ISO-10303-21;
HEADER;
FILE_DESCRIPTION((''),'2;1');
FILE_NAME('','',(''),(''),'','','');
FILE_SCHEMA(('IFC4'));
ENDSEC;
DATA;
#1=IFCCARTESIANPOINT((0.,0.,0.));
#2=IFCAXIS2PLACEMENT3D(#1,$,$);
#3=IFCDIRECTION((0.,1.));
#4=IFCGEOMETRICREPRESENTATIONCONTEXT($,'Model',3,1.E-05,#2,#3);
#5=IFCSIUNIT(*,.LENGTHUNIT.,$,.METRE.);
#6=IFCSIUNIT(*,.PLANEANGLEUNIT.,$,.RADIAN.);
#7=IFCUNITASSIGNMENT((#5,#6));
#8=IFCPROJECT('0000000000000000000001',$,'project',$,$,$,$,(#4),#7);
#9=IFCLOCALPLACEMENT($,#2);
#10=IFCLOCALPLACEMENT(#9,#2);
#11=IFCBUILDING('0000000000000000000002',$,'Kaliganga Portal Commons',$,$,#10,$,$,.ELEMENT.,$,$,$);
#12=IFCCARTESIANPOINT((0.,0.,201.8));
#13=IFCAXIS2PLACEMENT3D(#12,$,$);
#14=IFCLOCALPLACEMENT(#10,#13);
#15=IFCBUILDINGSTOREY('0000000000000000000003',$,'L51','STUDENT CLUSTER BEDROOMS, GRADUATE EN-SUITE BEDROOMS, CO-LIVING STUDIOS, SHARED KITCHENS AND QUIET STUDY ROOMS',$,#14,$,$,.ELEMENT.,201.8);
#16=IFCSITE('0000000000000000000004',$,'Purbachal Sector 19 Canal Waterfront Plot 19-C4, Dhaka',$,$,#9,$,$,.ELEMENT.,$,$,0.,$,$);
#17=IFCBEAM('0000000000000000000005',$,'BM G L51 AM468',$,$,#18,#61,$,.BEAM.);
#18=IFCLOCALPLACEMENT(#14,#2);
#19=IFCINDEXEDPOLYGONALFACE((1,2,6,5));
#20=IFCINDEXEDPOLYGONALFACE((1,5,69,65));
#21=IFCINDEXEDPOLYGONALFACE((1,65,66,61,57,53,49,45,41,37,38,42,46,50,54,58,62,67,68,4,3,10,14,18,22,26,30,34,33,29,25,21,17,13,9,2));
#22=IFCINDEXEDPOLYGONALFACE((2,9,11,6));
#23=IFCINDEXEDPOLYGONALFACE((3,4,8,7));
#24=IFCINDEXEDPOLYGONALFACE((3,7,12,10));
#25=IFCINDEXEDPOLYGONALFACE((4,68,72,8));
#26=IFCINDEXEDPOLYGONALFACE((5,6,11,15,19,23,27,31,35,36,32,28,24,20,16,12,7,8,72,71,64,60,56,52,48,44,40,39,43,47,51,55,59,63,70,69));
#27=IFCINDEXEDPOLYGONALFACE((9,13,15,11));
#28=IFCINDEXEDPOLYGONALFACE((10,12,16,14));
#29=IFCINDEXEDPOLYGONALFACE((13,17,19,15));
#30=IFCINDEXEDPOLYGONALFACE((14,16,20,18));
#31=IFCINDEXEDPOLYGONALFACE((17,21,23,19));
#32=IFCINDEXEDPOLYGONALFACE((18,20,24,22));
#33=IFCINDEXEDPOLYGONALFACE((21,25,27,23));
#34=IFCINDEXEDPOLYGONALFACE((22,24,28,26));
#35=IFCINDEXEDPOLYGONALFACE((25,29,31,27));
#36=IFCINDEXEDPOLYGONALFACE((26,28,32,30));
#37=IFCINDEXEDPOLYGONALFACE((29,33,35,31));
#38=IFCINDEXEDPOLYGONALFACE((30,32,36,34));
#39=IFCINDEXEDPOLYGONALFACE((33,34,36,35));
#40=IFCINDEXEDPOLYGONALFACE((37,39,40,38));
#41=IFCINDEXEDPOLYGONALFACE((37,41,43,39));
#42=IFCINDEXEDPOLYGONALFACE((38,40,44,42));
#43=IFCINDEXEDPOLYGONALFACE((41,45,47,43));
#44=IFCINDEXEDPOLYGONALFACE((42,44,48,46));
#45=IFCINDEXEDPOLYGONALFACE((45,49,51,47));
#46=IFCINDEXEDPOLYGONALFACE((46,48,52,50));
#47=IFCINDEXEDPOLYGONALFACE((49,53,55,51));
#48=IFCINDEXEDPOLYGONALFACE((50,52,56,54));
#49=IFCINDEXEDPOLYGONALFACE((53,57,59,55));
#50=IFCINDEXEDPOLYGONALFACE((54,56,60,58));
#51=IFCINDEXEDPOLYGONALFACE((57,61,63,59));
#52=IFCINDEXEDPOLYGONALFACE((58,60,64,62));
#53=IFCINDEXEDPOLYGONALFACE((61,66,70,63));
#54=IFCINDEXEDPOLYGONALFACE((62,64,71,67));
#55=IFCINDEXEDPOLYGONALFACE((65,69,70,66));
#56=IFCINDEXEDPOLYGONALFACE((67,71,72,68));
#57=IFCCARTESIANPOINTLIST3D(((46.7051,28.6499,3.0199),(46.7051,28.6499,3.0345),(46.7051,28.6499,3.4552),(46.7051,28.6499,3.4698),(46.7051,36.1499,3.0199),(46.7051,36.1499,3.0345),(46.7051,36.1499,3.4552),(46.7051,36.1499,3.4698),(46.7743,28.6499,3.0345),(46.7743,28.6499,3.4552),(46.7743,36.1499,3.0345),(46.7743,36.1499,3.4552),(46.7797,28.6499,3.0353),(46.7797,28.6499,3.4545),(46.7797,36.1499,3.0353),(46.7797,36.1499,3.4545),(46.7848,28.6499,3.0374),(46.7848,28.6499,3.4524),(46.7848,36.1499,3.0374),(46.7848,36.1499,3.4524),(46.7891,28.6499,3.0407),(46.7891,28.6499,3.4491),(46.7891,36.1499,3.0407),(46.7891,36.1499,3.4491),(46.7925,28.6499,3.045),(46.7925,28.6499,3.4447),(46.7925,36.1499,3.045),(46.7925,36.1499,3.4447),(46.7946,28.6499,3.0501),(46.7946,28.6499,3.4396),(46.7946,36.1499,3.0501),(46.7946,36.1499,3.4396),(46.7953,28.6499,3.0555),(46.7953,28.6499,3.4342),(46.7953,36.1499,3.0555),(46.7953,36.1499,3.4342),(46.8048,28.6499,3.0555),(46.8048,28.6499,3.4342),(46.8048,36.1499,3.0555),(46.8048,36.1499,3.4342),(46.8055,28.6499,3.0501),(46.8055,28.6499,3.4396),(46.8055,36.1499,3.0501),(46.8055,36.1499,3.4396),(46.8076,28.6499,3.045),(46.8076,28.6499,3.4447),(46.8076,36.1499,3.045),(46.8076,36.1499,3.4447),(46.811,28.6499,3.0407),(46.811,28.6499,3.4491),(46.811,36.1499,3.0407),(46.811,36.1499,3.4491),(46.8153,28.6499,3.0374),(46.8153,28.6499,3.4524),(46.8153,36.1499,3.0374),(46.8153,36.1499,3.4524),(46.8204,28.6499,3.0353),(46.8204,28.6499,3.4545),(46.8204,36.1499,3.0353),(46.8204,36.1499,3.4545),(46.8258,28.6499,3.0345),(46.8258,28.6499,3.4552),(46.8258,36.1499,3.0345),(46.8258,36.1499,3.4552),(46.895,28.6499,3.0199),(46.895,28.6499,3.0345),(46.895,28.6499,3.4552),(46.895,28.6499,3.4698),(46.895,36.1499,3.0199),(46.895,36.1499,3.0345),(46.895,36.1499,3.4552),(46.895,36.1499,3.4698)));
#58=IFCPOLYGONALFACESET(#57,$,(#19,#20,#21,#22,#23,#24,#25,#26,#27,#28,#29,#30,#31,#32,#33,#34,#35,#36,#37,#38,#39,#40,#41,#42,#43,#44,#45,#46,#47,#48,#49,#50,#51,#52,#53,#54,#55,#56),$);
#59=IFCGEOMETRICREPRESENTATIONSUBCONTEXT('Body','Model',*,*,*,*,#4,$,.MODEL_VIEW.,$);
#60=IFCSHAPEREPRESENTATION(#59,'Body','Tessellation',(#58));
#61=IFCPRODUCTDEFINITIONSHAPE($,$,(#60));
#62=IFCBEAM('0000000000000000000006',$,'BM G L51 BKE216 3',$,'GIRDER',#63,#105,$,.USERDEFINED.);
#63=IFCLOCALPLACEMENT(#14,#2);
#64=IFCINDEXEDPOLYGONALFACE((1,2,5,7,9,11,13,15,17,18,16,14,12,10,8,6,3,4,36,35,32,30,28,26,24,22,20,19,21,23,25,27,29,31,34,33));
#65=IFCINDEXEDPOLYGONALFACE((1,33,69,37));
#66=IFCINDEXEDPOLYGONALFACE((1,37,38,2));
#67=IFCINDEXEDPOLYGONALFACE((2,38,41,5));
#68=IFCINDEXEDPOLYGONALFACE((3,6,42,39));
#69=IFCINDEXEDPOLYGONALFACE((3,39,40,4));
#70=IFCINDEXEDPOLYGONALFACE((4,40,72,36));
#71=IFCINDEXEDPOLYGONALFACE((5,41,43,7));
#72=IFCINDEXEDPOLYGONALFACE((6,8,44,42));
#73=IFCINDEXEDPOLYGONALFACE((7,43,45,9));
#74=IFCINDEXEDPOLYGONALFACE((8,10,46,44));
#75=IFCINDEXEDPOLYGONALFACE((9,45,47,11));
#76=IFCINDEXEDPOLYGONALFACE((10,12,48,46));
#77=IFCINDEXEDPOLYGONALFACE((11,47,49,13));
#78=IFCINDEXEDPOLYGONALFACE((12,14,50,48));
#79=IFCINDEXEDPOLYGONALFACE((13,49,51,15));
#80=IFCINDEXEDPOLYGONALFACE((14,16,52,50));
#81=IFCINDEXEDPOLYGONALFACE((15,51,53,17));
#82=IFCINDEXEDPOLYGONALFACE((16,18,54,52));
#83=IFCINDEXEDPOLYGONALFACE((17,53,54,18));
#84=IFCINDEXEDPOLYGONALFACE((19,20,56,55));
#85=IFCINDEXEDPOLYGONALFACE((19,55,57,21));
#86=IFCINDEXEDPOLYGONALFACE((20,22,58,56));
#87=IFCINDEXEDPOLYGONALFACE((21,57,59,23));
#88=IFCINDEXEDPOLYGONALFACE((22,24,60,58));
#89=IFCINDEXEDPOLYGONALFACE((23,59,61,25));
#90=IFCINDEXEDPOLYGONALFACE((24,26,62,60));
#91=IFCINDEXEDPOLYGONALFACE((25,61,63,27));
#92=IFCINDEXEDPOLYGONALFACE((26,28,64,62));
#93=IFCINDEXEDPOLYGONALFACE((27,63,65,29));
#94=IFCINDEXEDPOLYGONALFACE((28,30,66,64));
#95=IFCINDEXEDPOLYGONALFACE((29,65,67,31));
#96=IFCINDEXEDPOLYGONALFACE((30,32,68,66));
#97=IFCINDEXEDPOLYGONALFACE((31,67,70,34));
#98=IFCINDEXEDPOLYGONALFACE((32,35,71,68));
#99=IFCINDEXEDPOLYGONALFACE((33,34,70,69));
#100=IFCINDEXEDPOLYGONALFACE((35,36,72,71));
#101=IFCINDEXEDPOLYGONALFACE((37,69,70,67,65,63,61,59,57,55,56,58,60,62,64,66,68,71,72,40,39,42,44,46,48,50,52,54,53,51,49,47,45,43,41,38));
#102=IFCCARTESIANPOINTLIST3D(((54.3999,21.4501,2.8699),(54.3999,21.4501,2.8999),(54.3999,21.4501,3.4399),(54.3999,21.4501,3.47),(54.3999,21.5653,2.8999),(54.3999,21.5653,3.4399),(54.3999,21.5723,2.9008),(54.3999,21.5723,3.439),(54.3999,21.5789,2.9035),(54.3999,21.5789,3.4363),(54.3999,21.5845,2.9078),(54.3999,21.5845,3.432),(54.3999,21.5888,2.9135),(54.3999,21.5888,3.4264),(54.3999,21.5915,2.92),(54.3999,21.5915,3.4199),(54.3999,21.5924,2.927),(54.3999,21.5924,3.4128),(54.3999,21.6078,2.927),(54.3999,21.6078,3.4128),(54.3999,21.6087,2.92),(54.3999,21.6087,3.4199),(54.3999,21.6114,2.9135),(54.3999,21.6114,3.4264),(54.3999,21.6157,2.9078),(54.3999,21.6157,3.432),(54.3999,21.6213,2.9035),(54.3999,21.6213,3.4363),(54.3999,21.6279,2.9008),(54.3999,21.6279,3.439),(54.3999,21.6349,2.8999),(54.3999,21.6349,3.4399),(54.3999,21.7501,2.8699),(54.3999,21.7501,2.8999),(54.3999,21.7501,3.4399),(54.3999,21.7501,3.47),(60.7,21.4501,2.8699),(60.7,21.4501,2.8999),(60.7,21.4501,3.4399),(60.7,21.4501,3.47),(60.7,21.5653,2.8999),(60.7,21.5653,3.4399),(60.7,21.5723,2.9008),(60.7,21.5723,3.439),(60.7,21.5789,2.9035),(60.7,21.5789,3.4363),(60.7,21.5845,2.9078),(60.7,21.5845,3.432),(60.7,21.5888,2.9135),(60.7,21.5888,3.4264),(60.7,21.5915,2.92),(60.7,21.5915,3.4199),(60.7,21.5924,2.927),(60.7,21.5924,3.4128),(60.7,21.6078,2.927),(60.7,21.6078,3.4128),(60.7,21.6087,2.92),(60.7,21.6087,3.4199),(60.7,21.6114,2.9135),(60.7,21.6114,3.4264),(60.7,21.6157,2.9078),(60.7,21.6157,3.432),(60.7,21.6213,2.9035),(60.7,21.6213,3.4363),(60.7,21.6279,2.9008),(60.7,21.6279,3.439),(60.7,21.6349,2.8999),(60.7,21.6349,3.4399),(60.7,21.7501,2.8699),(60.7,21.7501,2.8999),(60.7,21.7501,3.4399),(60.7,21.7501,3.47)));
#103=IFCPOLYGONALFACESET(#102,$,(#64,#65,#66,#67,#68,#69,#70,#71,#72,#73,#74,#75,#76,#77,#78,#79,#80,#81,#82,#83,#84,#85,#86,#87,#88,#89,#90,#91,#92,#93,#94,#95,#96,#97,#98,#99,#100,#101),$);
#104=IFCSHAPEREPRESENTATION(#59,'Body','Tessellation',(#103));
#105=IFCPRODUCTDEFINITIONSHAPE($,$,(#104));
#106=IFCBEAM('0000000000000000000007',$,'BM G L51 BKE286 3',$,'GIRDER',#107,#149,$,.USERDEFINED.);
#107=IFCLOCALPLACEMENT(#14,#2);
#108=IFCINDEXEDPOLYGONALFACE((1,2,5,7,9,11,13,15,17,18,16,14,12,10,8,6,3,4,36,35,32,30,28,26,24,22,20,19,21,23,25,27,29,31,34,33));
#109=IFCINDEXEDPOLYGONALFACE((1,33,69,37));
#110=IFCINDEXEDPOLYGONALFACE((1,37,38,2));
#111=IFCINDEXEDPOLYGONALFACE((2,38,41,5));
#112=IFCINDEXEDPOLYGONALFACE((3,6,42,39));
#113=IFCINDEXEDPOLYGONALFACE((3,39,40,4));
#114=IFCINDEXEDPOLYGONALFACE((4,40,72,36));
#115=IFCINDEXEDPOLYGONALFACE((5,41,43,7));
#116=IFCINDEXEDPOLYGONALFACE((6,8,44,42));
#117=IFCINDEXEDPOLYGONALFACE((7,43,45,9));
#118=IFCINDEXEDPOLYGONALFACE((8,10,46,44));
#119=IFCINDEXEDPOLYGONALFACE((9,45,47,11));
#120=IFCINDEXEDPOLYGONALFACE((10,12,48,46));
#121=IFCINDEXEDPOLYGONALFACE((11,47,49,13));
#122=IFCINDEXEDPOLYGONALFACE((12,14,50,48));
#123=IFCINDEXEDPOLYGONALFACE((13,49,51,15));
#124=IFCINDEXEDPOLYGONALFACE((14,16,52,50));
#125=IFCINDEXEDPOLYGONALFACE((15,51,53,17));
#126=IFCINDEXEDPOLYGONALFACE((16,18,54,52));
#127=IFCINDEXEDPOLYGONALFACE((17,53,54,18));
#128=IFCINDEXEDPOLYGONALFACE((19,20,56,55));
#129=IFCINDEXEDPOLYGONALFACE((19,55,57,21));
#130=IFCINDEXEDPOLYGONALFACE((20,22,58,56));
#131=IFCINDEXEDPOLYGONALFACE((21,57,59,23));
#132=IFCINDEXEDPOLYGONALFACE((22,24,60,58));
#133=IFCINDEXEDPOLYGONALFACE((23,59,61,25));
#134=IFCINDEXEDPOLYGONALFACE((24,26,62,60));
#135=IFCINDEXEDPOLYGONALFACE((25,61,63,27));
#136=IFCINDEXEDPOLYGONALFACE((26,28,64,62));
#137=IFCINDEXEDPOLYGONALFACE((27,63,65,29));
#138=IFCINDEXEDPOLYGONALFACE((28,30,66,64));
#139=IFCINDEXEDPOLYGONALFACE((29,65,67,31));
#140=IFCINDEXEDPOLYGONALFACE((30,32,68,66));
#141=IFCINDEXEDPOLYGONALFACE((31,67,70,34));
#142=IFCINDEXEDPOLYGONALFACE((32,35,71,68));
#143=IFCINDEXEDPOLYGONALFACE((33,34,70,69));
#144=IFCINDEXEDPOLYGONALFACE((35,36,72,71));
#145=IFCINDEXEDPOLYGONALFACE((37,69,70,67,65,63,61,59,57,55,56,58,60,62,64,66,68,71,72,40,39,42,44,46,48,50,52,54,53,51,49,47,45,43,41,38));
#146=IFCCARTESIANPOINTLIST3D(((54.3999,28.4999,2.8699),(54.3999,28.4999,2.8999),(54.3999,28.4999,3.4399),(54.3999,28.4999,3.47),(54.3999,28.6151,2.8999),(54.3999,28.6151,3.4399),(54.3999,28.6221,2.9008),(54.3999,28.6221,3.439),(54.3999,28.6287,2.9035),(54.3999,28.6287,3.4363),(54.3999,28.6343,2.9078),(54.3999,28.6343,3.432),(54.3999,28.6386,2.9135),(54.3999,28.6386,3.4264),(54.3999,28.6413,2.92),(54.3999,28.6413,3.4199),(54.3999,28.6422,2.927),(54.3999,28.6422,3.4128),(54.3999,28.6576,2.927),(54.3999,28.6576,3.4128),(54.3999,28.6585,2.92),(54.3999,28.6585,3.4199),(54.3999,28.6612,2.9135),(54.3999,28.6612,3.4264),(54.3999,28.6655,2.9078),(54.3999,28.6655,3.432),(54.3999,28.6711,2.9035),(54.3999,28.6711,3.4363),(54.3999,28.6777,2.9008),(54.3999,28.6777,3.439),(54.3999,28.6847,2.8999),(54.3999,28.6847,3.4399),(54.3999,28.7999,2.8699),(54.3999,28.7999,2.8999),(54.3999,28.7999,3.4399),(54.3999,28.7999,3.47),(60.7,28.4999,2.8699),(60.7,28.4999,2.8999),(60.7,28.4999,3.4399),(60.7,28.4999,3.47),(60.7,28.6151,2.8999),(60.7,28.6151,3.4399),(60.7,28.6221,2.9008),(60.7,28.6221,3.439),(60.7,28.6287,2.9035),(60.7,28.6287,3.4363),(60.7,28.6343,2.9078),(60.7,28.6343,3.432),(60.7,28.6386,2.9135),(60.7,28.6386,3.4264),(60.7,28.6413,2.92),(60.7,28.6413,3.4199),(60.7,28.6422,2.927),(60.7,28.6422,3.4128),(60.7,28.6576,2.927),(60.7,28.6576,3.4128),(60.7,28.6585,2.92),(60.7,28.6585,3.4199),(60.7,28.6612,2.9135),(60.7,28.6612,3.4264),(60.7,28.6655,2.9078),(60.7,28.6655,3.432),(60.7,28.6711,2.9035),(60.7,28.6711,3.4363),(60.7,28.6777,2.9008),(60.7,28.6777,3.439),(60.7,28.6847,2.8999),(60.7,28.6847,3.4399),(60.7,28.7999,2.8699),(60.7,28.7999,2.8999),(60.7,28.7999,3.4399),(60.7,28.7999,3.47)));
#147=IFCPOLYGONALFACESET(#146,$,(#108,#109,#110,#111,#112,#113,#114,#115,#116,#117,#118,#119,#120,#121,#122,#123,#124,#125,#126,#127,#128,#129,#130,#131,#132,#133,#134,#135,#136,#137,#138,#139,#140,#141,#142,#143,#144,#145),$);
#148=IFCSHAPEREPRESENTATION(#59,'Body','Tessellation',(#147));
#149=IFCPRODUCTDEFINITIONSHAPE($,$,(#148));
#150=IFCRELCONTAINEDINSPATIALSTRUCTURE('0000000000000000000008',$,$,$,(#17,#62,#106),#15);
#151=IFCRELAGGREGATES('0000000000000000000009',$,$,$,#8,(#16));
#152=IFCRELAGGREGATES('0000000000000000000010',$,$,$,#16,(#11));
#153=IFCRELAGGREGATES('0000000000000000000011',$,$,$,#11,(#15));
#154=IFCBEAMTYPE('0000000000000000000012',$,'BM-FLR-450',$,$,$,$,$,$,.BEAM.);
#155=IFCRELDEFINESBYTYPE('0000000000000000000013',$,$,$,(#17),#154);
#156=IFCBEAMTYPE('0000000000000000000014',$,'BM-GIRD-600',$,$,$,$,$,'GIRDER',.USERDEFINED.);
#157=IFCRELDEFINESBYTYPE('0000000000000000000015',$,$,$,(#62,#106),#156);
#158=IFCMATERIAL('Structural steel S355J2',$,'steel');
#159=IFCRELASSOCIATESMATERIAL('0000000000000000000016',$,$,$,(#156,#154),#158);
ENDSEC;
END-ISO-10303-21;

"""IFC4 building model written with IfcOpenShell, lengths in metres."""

from ifc_helpers import new_model, si_unit, direction, frame, origin, origin_2d, place, context, subcontext, project, spatial, i_section, extrude, source, transform, mapped, material, material_profile, profile_set, type_object, element, save


model = new_model("IFC4")

# Units and contexts
model_context = context("Model", 3, precision=1e-05, world=origin(), true_north=direction((0.0, 1.0)))
body_context = subcontext(model_context, "Body", "Model", "MODEL_VIEW")
ifc_project = project(units=[si_unit("LENGTHUNIT", "METRE"), si_unit("PLANEANGLEUNIT", "RADIAN")], contexts=[model_context])

# Site, building, storey
site_placement = place(None, origin())
site = spatial("IfcSite", under=ifc_project, at=site_placement, Name="Purbachal Sector 19 Canal Waterfront Plot 19-C4, Dhaka", CompositionType="ELEMENT", RefElevation=0.0)
building_placement = place(site_placement, origin())
building = spatial("IfcBuilding", under=site, at=building_placement, Name="Kaliganga Portal Commons", CompositionType="ELEMENT")
storey_placement = place(building_placement, frame((0.0, 0.0, 201.8)))
storey = spatial("IfcBuildingStorey", under=building, at=storey_placement, Name="L51", Description="STUDENT CLUSTER BEDROOMS, GRADUATE EN-SUITE BEDROOMS, CO-LIVING STUDIOS, SHARED KITCHENS AND QUIET STUDY ROOMS", CompositionType="ELEMENT", Elevation=201.8)

# Shared definitions
ifc_material_1 = material(Name="Structural steel S355J2", Category="steel")

# Beams
ifc_material_profile_1 = material_profile(ifc_material_1, i_section(OverallWidth=0.3, OverallDepth=0.6001, WebThickness=0.0154, FlangeThickness=0.03, FilletRadius=0.0271, at=origin_2d()), Name="HE 600 B")
ifc_profile_set_1 = profile_set([ifc_material_profile_1], Name="Structural steel S355J2 wide-flange")
beam_type_1 = type_object("IfcBeamType", Name="BM-GIRD-600", ElementType="GIRDER", PredefinedType="USERDEFINED", material=ifc_profile_set_1)
ifc_material_profile_2 = material_profile(ifc_material_1, i_section(OverallWidth=0.1899, OverallDepth=0.45, WebThickness=0.0095, FlangeThickness=0.0146, FilletRadius=0.021, at=origin_2d()), Name="IPE 450")
ifc_profile_set_2 = profile_set([ifc_material_profile_2], Name="Structural steel S355J2 wide-flange")
beam_type_2 = type_object("IfcBeamType", Name="BM-FLR-450", PredefinedType="BEAM", material=ifc_profile_set_2)
shared_shape_1 = source(origin(), body_context, "Body", "SweptSolid", [
    extrude(i_section(OverallWidth=0.1899, OverallDepth=0.45, WebThickness=0.0095, FlangeThickness=0.0146, FilletRadius=0.021, at=origin_2d()), origin(), (0.0, 0.0, 1.0), 7.5),
])
beam_1_placement = place(storey_placement, frame((46.8, 28.6499, 3.2449), z_axis=(0.0, 1.0, 0.0), x_axis=(-1.0, 0.0, 0.0)))
element("IfcBeam", 1, at=beam_1_placement, inside=storey, type_object=beam_type_2, Name="BM G L51 AM468", PredefinedType="BEAM", context=body_context, shape_type="MappedRepresentation", body=[
    mapped(shared_shape_1, transform((0.0, 0.0, 0.0), x_axis=(1.0, 0.0, 0.0), y_axis=(0.0, 1.0, 0.0), z_axis=(0.0, 0.0, 1.0), scale=1.0)),
])
shared_shape_2 = source(origin(), body_context, "Body", "SweptSolid", [
    extrude(i_section(OverallWidth=0.3, OverallDepth=0.6001, WebThickness=0.0154, FlangeThickness=0.03, FilletRadius=0.0271, at=origin_2d()), origin(), (0.0, 0.0, 1.0), 6.3),
])
for number, where, z_axis, x_axis, name in (
    (2, (54.3999, 21.6001, 3.1699), (1.0, 0.0, 0.0), (0.0, 1.0, 0.0), "BM G L51 BKE216 3"),
    (3, (54.3999, 28.6499, 3.1699), (1.0, 0.0, 0.0), (0.0, 1.0, 0.0), "BM G L51 BKE286 3"),
):
    element("IfcBeam", number, at=place(storey_placement, frame(where, z_axis=z_axis, x_axis=x_axis)), inside=storey, type_object=beam_type_1, Name=name, ObjectType="GIRDER", PredefinedType="USERDEFINED", context=body_context, shape_type="MappedRepresentation", body=[
        mapped(shared_shape_2, transform((0.0, 0.0, 0.0), x_axis=(1.0, 0.0, 0.0), y_axis=(0.0, 1.0, 0.0), z_axis=(0.0, 0.0, 1.0), scale=1.0)),
    ])

save(model, "model.ifc")
